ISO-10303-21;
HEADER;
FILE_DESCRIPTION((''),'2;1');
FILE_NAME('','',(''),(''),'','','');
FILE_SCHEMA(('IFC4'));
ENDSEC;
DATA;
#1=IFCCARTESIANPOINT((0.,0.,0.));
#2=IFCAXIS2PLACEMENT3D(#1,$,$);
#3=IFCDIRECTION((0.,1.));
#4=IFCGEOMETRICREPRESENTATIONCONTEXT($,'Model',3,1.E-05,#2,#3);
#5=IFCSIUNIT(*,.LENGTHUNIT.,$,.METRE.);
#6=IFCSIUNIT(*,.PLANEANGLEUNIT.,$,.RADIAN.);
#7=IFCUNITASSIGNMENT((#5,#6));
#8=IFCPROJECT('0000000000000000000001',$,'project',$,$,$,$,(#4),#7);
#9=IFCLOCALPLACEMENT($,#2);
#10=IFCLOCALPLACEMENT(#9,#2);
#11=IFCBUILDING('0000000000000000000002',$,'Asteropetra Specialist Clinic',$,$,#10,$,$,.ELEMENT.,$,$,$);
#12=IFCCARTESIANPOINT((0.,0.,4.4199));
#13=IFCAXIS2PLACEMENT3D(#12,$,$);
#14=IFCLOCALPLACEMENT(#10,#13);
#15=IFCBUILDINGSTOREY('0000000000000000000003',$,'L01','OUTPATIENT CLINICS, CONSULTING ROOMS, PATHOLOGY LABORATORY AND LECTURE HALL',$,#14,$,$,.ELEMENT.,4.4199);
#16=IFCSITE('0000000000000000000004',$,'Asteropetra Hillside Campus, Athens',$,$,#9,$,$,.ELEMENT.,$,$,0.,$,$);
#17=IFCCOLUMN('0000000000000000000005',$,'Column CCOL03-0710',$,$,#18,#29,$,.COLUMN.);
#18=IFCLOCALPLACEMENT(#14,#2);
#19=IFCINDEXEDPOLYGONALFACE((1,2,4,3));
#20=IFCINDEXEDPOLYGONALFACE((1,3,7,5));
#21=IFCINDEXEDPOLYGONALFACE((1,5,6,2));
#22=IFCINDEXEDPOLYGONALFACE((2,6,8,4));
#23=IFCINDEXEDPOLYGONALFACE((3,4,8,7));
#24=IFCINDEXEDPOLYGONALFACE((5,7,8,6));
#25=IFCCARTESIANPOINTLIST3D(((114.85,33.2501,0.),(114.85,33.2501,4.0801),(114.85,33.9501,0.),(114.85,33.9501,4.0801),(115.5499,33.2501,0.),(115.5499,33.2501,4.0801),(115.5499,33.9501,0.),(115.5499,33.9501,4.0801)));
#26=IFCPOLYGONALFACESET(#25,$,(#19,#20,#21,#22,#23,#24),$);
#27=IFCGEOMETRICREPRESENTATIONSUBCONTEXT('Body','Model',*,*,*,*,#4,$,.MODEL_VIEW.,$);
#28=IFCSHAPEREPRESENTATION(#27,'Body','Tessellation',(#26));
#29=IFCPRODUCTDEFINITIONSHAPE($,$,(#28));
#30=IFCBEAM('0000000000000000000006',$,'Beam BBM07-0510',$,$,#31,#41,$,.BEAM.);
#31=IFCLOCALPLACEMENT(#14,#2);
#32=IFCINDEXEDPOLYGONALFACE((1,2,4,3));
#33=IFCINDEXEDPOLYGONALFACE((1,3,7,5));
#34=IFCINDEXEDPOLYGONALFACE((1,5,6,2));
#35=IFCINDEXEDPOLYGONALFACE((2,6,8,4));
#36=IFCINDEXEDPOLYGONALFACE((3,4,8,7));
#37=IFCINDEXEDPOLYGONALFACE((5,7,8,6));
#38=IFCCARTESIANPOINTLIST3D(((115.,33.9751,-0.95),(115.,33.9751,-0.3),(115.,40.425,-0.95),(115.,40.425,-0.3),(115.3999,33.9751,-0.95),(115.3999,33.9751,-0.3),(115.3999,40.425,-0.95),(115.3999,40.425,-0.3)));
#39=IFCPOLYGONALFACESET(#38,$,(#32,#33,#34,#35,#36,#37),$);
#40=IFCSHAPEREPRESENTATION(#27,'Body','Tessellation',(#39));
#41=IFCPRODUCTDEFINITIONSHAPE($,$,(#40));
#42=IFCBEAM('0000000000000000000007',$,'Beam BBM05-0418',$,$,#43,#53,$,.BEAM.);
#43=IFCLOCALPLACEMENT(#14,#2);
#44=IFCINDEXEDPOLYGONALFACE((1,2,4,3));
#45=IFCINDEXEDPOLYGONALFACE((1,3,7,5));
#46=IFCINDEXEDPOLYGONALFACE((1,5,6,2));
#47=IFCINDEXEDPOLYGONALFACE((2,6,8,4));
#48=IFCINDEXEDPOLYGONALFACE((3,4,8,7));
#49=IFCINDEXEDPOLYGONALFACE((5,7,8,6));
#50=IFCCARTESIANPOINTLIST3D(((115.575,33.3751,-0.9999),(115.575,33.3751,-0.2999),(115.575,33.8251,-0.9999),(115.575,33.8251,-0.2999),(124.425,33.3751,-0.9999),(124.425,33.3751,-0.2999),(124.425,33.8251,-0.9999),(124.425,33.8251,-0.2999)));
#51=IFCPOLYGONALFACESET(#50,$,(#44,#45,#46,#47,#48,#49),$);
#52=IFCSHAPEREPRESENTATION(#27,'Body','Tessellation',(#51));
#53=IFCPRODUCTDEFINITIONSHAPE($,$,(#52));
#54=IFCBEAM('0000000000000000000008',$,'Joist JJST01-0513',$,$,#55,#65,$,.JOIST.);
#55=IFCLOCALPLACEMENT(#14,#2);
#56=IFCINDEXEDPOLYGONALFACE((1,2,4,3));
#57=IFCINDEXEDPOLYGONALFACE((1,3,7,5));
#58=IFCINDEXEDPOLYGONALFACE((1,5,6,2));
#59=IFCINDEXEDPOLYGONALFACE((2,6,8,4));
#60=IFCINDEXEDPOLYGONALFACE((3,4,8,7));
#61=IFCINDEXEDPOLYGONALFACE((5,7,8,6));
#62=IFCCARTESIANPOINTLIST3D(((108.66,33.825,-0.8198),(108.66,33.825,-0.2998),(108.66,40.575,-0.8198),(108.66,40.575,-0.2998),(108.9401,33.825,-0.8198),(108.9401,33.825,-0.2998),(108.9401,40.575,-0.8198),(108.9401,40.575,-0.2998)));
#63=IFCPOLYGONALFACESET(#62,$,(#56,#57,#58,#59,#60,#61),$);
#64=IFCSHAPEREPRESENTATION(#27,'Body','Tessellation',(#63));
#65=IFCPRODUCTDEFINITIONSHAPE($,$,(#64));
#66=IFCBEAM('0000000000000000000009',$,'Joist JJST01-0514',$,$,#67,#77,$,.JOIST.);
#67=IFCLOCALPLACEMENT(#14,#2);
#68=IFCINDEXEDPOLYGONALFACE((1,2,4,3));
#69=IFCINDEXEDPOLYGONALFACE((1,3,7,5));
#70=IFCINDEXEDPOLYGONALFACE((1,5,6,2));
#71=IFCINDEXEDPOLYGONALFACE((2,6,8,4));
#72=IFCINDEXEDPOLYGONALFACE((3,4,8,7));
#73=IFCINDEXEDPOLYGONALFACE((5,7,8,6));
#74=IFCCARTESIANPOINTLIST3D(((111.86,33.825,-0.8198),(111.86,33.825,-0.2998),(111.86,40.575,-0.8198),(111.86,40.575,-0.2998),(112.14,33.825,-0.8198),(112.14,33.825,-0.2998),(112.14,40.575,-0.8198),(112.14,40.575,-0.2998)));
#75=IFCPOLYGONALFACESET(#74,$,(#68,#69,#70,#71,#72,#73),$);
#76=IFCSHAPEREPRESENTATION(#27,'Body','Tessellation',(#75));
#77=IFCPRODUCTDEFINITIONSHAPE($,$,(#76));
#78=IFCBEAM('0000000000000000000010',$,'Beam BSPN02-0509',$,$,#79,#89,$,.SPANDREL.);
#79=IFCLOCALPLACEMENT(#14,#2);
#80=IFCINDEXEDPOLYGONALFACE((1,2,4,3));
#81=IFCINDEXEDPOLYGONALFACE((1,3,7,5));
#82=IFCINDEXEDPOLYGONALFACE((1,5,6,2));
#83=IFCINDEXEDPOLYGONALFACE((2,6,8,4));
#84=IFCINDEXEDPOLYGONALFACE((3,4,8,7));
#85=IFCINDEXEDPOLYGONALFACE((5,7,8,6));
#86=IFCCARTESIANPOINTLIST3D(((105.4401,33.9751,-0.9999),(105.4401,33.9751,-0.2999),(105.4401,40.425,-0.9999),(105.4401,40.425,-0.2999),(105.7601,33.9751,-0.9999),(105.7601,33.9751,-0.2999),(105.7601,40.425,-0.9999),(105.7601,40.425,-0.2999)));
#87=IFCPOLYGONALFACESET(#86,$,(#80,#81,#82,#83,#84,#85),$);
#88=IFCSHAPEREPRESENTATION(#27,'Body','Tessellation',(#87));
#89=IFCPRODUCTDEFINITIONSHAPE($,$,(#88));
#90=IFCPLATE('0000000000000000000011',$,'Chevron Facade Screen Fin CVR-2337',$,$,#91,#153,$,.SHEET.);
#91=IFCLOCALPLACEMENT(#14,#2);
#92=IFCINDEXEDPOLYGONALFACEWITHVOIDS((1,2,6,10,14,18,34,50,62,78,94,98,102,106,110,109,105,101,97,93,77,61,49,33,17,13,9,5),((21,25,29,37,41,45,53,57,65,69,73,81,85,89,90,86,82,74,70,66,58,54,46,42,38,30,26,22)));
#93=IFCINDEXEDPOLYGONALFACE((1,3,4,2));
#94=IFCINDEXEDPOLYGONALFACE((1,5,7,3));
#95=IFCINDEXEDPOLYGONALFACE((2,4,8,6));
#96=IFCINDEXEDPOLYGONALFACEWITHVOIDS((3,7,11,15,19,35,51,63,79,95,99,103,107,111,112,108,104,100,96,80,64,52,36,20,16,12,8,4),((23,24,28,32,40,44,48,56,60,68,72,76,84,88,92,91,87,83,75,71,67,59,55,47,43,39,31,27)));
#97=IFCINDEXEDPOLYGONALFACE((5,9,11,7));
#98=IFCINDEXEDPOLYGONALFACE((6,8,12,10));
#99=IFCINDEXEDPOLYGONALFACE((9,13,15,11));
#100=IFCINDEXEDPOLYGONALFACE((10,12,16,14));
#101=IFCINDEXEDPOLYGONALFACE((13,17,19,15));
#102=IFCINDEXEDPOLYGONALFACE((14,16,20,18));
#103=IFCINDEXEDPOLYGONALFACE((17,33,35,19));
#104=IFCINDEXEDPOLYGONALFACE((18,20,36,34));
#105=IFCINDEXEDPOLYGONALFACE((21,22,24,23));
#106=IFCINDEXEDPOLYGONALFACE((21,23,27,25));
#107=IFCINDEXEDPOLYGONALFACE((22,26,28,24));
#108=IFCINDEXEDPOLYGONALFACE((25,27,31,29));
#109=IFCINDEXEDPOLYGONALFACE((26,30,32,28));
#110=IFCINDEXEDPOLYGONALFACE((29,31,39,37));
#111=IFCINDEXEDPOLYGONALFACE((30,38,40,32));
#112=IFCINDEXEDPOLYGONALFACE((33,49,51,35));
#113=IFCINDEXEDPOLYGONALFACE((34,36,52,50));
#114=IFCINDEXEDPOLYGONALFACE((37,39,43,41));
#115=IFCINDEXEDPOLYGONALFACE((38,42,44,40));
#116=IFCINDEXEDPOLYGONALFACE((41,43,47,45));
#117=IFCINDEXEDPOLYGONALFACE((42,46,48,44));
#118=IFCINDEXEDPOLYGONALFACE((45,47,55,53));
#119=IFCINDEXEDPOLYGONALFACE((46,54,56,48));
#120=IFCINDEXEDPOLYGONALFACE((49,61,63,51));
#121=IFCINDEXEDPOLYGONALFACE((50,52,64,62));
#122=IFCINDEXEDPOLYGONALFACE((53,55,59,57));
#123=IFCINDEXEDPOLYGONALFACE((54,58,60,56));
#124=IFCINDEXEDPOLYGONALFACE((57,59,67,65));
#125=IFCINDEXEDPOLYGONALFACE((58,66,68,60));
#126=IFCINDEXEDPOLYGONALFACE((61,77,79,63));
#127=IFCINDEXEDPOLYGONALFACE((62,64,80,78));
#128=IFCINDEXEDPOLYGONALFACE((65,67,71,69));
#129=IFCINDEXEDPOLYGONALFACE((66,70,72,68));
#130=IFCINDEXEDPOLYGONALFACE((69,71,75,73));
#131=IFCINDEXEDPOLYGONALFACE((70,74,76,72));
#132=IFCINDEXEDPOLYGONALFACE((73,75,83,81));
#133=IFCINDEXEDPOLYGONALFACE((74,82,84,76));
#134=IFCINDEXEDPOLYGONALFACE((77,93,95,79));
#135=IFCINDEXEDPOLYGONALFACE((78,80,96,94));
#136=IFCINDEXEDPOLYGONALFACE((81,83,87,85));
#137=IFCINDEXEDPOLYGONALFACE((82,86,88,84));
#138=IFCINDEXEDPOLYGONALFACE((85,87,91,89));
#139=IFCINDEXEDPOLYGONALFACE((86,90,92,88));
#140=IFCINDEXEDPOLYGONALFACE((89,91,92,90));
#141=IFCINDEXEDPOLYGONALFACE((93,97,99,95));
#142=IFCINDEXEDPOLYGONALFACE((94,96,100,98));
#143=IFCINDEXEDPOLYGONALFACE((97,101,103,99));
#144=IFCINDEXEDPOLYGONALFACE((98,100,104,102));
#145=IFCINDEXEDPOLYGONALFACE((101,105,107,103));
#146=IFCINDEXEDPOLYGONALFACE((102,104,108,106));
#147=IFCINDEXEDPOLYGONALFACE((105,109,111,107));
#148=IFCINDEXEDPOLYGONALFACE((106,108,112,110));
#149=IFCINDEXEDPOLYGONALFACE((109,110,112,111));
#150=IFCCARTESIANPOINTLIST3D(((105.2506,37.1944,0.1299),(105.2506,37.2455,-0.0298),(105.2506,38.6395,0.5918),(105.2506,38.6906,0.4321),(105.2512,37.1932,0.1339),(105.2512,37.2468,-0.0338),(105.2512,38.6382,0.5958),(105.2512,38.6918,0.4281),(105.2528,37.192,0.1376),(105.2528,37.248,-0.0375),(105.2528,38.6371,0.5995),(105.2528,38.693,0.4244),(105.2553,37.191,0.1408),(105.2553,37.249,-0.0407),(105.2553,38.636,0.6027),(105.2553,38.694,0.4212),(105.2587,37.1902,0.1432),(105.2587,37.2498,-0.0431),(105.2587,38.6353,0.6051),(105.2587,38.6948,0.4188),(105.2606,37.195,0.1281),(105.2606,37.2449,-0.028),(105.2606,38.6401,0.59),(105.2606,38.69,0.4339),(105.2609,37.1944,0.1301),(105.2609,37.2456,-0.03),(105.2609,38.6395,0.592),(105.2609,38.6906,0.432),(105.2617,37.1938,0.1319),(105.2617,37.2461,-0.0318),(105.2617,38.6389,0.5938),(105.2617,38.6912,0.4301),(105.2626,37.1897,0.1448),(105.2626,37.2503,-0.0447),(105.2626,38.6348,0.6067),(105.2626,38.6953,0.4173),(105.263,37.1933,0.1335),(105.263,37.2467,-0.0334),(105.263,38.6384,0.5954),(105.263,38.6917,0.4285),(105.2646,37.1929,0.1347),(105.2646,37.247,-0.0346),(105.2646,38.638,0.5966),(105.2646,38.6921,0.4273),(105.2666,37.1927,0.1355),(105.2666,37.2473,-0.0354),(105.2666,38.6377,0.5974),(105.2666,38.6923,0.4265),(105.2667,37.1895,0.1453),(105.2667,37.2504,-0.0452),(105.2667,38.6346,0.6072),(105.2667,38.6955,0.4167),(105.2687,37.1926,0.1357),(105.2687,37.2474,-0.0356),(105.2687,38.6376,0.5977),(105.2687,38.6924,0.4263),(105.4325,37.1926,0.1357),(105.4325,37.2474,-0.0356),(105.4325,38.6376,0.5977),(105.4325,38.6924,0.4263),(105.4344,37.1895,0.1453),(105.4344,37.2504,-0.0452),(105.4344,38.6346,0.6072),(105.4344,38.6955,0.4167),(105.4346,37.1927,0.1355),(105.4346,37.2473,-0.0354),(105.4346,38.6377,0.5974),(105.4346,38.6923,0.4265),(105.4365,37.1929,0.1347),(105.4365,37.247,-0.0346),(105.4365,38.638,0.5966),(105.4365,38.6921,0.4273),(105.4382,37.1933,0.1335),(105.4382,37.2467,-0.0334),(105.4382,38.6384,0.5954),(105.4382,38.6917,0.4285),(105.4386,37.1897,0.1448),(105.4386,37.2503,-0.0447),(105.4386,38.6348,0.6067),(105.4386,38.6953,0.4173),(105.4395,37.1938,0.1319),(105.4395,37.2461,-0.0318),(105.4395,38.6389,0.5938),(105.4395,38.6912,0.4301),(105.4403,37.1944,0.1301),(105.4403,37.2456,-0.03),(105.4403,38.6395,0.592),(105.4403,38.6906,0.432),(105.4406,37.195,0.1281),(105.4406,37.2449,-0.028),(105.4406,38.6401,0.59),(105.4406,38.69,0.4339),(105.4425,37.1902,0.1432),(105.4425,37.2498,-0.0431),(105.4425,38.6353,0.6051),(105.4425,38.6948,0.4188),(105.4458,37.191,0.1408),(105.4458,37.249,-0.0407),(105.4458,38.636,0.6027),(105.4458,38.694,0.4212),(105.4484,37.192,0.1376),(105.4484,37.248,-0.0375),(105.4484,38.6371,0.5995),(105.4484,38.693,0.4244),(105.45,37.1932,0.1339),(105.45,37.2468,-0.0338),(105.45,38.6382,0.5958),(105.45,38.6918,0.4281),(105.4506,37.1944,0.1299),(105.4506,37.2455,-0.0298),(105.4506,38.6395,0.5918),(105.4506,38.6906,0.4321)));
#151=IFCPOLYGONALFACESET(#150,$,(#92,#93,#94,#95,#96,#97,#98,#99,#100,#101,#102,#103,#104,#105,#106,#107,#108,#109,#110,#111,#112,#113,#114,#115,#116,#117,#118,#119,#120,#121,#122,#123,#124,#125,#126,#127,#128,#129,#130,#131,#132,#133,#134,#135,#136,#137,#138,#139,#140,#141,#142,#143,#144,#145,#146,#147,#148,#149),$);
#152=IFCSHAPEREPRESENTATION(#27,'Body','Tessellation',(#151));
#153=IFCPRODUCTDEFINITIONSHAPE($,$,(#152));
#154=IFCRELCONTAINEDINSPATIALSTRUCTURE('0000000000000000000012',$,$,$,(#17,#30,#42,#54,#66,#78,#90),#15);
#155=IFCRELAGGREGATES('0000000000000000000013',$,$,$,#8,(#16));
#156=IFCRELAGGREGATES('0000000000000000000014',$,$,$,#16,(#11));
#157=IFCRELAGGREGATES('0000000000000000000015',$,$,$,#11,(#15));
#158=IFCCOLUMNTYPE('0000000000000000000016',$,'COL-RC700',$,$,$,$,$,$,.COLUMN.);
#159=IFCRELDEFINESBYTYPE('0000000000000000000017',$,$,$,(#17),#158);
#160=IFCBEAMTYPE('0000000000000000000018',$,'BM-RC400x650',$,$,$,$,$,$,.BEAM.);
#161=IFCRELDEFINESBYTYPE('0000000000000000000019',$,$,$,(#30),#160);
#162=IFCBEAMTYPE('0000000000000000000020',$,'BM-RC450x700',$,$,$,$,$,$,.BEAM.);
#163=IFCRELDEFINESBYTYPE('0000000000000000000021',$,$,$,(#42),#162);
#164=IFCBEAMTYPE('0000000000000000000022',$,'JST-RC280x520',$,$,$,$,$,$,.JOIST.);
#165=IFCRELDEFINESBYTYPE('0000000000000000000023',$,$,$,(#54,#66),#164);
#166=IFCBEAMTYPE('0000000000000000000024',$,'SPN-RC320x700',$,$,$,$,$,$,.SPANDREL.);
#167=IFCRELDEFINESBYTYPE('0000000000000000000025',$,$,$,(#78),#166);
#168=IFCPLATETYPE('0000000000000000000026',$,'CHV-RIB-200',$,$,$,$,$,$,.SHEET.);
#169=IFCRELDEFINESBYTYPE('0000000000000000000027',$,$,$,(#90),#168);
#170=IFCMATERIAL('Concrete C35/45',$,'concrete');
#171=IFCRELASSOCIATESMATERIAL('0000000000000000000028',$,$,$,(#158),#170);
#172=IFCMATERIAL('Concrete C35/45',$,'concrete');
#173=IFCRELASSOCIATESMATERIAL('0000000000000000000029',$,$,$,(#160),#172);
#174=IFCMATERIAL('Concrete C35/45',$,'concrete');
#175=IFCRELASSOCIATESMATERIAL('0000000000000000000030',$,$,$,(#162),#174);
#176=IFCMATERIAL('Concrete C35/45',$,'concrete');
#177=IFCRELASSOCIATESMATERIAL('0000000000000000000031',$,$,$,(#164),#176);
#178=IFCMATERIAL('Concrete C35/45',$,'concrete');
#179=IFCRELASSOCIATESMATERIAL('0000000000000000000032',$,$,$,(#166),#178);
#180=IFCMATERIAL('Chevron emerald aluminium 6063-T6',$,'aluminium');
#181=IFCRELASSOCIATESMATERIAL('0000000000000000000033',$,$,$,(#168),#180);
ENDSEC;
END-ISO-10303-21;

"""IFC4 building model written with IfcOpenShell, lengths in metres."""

from ifc_helpers import new_model, si_unit, direction, frame, origin, origin_2d, place, context, subcontext, project, spatial, rectangle, hollow_rectangle, extrude, material, material_profile, profile_set, type_object, element, save


model = new_model("IFC4")

# Units and contexts
model_context = context("Model", 3, precision=1e-05, world=origin(), true_north=direction((0.0, 1.0)))
body_context = subcontext(model_context, "Body", "Model", "MODEL_VIEW")
ifc_project = project(units=[si_unit("LENGTHUNIT", "METRE"), si_unit("PLANEANGLEUNIT", "RADIAN")], contexts=[model_context])

# Site, building, storey
site_placement = place(None, origin())
site = spatial("IfcSite", under=ifc_project, at=site_placement, Name="Asteropetra Hillside Campus, Athens", CompositionType="ELEMENT", RefElevation=0.0)
building_placement = place(site_placement, origin())
building = spatial("IfcBuilding", under=site, at=building_placement, Name="Asteropetra Specialist Clinic", CompositionType="ELEMENT")
storey_placement = place(building_placement, frame((0.0, 0.0, 4.4199)))
storey = spatial("IfcBuildingStorey", under=building, at=storey_placement, Name="L01", Description="OUTPATIENT CLINICS, CONSULTING ROOMS, PATHOLOGY LABORATORY AND LECTURE HALL", CompositionType="ELEMENT", Elevation=4.4199)

# Column
ifc_material_1 = material(Name="Concrete C35/45", Category="concrete")
ifc_material_profile_1 = material_profile(ifc_material_1, rectangle(XDim=0.7, YDim=0.7, at=origin_2d()), Name="RC 700x700")
ifc_profile_set_1 = profile_set([ifc_material_profile_1], Name="Concrete C35/45")
column_type = type_object("IfcColumnType", Name="COL-RC700", PredefinedType="COLUMN", material=ifc_profile_set_1)
column_placement = place(storey_placement, frame((115.2, 33.6001, 0.0), z_axis=(0.0, 0.0, 1.0), x_axis=(1.0, 0.0, 0.0)))
element("IfcColumn", 1, at=column_placement, inside=storey, type_object=column_type, Name="Column CCOL03-0710", PredefinedType="COLUMN", context=body_context, shape_type="SweptSolid", body=[
    extrude(rectangle(XDim=0.7, YDim=0.7, at=origin_2d()), origin(), (0.0, 0.0, 1.0), 4.0801),
])

# Beams
ifc_material_2 = material(Name="Concrete C35/45", Category="concrete")
ifc_material_profile_2 = material_profile(ifc_material_2, rectangle(XDim=0.3999, YDim=0.6499, at=origin_2d()), Name="RCB 400x650")
ifc_profile_set_2 = profile_set([ifc_material_profile_2], Name="Concrete C35/45")
beam_type_1 = type_object("IfcBeamType", Name="BM-RC400x650", PredefinedType="BEAM", material=ifc_profile_set_2)
beam_1_placement = place(storey_placement, frame((115.2, 33.9751, -0.625), z_axis=(0.0, 1.0, 0.0), x_axis=(-1.0, 0.0, 0.0)))
element("IfcBeam", 2, at=beam_1_placement, inside=storey, type_object=beam_type_1, Name="Beam BBM07-0510", PredefinedType="BEAM", context=body_context, shape_type="SweptSolid", body=[
    extrude(rectangle(XDim=0.3999, YDim=0.6499, at=origin_2d()), origin(), (0.0, 0.0, 1.0), 6.45),
])
ifc_material_3 = material(Name="Concrete C35/45", Category="concrete")
ifc_material_profile_3 = material_profile(ifc_material_3, rectangle(XDim=0.45, YDim=0.7, at=origin_2d()), Name="RCB 450x700")
ifc_profile_set_3 = profile_set([ifc_material_profile_3], Name="Concrete C35/45")
beam_type_2 = type_object("IfcBeamType", Name="BM-RC450x700", PredefinedType="BEAM", material=ifc_profile_set_3)
beam_2_placement = place(storey_placement, frame((115.575, 33.6001, -0.6499), z_axis=(1.0, 0.0, 0.0), x_axis=(0.0, 1.0, 0.0)))
element("IfcBeam", 3, at=beam_2_placement, inside=storey, type_object=beam_type_2, Name="Beam BBM05-0418", PredefinedType="BEAM", context=body_context, shape_type="SweptSolid", body=[
    extrude(rectangle(XDim=0.45, YDim=0.7, at=origin_2d()), origin(), (0.0, 0.0, 1.0), 8.8501),
])
ifc_material_4 = material(Name="Concrete C35/45", Category="concrete")
ifc_material_profile_4 = material_profile(ifc_material_4, rectangle(XDim=0.28, YDim=0.52, at=origin_2d()), Name="RCJ 280x520")
ifc_profile_set_4 = profile_set([ifc_material_profile_4], Name="Concrete C35/45")
beam_type_3 = type_object("IfcBeamType", Name="JST-RC280x520", PredefinedType="JOIST", material=ifc_profile_set_4)
for number, where, z_axis, x_axis, name in (
    (4, (108.8, 33.825, -0.5598), (0.0, 1.0, 0.0), (-1.0, 0.0, 0.0), "Joist JJST01-0513"),
    (5, (112.0, 33.825, -0.5598), (0.0, 1.0, 0.0), (-1.0, 0.0, 0.0), "Joist JJST01-0514"),
):
    element("IfcBeam", number, at=place(storey_placement, frame(where, z_axis=z_axis, x_axis=x_axis)), inside=storey, type_object=beam_type_3, Name=name, PredefinedType="JOIST", context=body_context, shape_type="SweptSolid", body=[
        extrude(rectangle(XDim=0.28, YDim=0.52, at=origin_2d()), origin(), (0.0, 0.0, 1.0), 6.75),
    ])
ifc_material_5 = material(Name="Concrete C35/45", Category="concrete")
ifc_material_profile_5 = material_profile(ifc_material_5, rectangle(XDim=0.3201, YDim=0.7, at=origin_2d()), Name="RCS 320x700")
ifc_profile_set_5 = profile_set([ifc_material_profile_5], Name="Concrete C35/45")
beam_type_4 = type_object("IfcBeamType", Name="SPN-RC320x700", PredefinedType="SPANDREL", material=ifc_profile_set_5)
beam_3_placement = place(storey_placement, frame((105.6001, 33.9751, -0.6499), z_axis=(0.0, 1.0, 0.0), x_axis=(-1.0, 0.0, 0.0)))
element("IfcBeam", 6, at=beam_3_placement, inside=storey, type_object=beam_type_4, Name="Beam BSPN02-0509", PredefinedType="SPANDREL", context=body_context, shape_type="SweptSolid", body=[
    extrude(rectangle(XDim=0.3201, YDim=0.7, at=origin_2d()), origin(), (0.0, 0.0, 1.0), 6.45),
])

# Plate
ifc_material_6 = material(Name="Chevron emerald aluminium 6063-T6", Category="aluminium")
ifc_material_profile_6 = material_profile(ifc_material_6, hollow_rectangle(XDim=0.2, YDim=0.2, WallThickness=0.01, InnerFilletRadius=0.0081, OuterFilletRadius=0.0161, at=origin_2d()), Name="SHS 200x200x10.0")
ifc_profile_set_6 = profile_set([ifc_material_profile_6], Name="Chevron emerald aluminium 6063-T6")
plate_type = type_object("IfcPlateType", Name="CHV-RIB-200", PredefinedType="SHEET", material=ifc_profile_set_6)
for number, where, z_axis, x_axis, name in (
    (7, (105.3506, 38.665, 0.512), (0.0, -0.952521, -0.304472), (1.0, 0.0, 0.0), "Chevron Facade Screen Fin CVR-2337"),
):
    element("IfcPlate", number, at=place(storey_placement, frame(where, z_axis=z_axis, x_axis=x_axis)), inside=storey, type_object=plate_type, Name=name, PredefinedType="SHEET", context=body_context, shape_type="SweptSolid", body=[
        extrude(hollow_rectangle(XDim=0.2, YDim=0.2, WallThickness=0.01, InnerFilletRadius=0.0081, OuterFilletRadius=0.0161, at=origin_2d()), origin(), (0.0, 0.0, 1.0), 1.5171),
    ])

save(model, "model.ifc")
